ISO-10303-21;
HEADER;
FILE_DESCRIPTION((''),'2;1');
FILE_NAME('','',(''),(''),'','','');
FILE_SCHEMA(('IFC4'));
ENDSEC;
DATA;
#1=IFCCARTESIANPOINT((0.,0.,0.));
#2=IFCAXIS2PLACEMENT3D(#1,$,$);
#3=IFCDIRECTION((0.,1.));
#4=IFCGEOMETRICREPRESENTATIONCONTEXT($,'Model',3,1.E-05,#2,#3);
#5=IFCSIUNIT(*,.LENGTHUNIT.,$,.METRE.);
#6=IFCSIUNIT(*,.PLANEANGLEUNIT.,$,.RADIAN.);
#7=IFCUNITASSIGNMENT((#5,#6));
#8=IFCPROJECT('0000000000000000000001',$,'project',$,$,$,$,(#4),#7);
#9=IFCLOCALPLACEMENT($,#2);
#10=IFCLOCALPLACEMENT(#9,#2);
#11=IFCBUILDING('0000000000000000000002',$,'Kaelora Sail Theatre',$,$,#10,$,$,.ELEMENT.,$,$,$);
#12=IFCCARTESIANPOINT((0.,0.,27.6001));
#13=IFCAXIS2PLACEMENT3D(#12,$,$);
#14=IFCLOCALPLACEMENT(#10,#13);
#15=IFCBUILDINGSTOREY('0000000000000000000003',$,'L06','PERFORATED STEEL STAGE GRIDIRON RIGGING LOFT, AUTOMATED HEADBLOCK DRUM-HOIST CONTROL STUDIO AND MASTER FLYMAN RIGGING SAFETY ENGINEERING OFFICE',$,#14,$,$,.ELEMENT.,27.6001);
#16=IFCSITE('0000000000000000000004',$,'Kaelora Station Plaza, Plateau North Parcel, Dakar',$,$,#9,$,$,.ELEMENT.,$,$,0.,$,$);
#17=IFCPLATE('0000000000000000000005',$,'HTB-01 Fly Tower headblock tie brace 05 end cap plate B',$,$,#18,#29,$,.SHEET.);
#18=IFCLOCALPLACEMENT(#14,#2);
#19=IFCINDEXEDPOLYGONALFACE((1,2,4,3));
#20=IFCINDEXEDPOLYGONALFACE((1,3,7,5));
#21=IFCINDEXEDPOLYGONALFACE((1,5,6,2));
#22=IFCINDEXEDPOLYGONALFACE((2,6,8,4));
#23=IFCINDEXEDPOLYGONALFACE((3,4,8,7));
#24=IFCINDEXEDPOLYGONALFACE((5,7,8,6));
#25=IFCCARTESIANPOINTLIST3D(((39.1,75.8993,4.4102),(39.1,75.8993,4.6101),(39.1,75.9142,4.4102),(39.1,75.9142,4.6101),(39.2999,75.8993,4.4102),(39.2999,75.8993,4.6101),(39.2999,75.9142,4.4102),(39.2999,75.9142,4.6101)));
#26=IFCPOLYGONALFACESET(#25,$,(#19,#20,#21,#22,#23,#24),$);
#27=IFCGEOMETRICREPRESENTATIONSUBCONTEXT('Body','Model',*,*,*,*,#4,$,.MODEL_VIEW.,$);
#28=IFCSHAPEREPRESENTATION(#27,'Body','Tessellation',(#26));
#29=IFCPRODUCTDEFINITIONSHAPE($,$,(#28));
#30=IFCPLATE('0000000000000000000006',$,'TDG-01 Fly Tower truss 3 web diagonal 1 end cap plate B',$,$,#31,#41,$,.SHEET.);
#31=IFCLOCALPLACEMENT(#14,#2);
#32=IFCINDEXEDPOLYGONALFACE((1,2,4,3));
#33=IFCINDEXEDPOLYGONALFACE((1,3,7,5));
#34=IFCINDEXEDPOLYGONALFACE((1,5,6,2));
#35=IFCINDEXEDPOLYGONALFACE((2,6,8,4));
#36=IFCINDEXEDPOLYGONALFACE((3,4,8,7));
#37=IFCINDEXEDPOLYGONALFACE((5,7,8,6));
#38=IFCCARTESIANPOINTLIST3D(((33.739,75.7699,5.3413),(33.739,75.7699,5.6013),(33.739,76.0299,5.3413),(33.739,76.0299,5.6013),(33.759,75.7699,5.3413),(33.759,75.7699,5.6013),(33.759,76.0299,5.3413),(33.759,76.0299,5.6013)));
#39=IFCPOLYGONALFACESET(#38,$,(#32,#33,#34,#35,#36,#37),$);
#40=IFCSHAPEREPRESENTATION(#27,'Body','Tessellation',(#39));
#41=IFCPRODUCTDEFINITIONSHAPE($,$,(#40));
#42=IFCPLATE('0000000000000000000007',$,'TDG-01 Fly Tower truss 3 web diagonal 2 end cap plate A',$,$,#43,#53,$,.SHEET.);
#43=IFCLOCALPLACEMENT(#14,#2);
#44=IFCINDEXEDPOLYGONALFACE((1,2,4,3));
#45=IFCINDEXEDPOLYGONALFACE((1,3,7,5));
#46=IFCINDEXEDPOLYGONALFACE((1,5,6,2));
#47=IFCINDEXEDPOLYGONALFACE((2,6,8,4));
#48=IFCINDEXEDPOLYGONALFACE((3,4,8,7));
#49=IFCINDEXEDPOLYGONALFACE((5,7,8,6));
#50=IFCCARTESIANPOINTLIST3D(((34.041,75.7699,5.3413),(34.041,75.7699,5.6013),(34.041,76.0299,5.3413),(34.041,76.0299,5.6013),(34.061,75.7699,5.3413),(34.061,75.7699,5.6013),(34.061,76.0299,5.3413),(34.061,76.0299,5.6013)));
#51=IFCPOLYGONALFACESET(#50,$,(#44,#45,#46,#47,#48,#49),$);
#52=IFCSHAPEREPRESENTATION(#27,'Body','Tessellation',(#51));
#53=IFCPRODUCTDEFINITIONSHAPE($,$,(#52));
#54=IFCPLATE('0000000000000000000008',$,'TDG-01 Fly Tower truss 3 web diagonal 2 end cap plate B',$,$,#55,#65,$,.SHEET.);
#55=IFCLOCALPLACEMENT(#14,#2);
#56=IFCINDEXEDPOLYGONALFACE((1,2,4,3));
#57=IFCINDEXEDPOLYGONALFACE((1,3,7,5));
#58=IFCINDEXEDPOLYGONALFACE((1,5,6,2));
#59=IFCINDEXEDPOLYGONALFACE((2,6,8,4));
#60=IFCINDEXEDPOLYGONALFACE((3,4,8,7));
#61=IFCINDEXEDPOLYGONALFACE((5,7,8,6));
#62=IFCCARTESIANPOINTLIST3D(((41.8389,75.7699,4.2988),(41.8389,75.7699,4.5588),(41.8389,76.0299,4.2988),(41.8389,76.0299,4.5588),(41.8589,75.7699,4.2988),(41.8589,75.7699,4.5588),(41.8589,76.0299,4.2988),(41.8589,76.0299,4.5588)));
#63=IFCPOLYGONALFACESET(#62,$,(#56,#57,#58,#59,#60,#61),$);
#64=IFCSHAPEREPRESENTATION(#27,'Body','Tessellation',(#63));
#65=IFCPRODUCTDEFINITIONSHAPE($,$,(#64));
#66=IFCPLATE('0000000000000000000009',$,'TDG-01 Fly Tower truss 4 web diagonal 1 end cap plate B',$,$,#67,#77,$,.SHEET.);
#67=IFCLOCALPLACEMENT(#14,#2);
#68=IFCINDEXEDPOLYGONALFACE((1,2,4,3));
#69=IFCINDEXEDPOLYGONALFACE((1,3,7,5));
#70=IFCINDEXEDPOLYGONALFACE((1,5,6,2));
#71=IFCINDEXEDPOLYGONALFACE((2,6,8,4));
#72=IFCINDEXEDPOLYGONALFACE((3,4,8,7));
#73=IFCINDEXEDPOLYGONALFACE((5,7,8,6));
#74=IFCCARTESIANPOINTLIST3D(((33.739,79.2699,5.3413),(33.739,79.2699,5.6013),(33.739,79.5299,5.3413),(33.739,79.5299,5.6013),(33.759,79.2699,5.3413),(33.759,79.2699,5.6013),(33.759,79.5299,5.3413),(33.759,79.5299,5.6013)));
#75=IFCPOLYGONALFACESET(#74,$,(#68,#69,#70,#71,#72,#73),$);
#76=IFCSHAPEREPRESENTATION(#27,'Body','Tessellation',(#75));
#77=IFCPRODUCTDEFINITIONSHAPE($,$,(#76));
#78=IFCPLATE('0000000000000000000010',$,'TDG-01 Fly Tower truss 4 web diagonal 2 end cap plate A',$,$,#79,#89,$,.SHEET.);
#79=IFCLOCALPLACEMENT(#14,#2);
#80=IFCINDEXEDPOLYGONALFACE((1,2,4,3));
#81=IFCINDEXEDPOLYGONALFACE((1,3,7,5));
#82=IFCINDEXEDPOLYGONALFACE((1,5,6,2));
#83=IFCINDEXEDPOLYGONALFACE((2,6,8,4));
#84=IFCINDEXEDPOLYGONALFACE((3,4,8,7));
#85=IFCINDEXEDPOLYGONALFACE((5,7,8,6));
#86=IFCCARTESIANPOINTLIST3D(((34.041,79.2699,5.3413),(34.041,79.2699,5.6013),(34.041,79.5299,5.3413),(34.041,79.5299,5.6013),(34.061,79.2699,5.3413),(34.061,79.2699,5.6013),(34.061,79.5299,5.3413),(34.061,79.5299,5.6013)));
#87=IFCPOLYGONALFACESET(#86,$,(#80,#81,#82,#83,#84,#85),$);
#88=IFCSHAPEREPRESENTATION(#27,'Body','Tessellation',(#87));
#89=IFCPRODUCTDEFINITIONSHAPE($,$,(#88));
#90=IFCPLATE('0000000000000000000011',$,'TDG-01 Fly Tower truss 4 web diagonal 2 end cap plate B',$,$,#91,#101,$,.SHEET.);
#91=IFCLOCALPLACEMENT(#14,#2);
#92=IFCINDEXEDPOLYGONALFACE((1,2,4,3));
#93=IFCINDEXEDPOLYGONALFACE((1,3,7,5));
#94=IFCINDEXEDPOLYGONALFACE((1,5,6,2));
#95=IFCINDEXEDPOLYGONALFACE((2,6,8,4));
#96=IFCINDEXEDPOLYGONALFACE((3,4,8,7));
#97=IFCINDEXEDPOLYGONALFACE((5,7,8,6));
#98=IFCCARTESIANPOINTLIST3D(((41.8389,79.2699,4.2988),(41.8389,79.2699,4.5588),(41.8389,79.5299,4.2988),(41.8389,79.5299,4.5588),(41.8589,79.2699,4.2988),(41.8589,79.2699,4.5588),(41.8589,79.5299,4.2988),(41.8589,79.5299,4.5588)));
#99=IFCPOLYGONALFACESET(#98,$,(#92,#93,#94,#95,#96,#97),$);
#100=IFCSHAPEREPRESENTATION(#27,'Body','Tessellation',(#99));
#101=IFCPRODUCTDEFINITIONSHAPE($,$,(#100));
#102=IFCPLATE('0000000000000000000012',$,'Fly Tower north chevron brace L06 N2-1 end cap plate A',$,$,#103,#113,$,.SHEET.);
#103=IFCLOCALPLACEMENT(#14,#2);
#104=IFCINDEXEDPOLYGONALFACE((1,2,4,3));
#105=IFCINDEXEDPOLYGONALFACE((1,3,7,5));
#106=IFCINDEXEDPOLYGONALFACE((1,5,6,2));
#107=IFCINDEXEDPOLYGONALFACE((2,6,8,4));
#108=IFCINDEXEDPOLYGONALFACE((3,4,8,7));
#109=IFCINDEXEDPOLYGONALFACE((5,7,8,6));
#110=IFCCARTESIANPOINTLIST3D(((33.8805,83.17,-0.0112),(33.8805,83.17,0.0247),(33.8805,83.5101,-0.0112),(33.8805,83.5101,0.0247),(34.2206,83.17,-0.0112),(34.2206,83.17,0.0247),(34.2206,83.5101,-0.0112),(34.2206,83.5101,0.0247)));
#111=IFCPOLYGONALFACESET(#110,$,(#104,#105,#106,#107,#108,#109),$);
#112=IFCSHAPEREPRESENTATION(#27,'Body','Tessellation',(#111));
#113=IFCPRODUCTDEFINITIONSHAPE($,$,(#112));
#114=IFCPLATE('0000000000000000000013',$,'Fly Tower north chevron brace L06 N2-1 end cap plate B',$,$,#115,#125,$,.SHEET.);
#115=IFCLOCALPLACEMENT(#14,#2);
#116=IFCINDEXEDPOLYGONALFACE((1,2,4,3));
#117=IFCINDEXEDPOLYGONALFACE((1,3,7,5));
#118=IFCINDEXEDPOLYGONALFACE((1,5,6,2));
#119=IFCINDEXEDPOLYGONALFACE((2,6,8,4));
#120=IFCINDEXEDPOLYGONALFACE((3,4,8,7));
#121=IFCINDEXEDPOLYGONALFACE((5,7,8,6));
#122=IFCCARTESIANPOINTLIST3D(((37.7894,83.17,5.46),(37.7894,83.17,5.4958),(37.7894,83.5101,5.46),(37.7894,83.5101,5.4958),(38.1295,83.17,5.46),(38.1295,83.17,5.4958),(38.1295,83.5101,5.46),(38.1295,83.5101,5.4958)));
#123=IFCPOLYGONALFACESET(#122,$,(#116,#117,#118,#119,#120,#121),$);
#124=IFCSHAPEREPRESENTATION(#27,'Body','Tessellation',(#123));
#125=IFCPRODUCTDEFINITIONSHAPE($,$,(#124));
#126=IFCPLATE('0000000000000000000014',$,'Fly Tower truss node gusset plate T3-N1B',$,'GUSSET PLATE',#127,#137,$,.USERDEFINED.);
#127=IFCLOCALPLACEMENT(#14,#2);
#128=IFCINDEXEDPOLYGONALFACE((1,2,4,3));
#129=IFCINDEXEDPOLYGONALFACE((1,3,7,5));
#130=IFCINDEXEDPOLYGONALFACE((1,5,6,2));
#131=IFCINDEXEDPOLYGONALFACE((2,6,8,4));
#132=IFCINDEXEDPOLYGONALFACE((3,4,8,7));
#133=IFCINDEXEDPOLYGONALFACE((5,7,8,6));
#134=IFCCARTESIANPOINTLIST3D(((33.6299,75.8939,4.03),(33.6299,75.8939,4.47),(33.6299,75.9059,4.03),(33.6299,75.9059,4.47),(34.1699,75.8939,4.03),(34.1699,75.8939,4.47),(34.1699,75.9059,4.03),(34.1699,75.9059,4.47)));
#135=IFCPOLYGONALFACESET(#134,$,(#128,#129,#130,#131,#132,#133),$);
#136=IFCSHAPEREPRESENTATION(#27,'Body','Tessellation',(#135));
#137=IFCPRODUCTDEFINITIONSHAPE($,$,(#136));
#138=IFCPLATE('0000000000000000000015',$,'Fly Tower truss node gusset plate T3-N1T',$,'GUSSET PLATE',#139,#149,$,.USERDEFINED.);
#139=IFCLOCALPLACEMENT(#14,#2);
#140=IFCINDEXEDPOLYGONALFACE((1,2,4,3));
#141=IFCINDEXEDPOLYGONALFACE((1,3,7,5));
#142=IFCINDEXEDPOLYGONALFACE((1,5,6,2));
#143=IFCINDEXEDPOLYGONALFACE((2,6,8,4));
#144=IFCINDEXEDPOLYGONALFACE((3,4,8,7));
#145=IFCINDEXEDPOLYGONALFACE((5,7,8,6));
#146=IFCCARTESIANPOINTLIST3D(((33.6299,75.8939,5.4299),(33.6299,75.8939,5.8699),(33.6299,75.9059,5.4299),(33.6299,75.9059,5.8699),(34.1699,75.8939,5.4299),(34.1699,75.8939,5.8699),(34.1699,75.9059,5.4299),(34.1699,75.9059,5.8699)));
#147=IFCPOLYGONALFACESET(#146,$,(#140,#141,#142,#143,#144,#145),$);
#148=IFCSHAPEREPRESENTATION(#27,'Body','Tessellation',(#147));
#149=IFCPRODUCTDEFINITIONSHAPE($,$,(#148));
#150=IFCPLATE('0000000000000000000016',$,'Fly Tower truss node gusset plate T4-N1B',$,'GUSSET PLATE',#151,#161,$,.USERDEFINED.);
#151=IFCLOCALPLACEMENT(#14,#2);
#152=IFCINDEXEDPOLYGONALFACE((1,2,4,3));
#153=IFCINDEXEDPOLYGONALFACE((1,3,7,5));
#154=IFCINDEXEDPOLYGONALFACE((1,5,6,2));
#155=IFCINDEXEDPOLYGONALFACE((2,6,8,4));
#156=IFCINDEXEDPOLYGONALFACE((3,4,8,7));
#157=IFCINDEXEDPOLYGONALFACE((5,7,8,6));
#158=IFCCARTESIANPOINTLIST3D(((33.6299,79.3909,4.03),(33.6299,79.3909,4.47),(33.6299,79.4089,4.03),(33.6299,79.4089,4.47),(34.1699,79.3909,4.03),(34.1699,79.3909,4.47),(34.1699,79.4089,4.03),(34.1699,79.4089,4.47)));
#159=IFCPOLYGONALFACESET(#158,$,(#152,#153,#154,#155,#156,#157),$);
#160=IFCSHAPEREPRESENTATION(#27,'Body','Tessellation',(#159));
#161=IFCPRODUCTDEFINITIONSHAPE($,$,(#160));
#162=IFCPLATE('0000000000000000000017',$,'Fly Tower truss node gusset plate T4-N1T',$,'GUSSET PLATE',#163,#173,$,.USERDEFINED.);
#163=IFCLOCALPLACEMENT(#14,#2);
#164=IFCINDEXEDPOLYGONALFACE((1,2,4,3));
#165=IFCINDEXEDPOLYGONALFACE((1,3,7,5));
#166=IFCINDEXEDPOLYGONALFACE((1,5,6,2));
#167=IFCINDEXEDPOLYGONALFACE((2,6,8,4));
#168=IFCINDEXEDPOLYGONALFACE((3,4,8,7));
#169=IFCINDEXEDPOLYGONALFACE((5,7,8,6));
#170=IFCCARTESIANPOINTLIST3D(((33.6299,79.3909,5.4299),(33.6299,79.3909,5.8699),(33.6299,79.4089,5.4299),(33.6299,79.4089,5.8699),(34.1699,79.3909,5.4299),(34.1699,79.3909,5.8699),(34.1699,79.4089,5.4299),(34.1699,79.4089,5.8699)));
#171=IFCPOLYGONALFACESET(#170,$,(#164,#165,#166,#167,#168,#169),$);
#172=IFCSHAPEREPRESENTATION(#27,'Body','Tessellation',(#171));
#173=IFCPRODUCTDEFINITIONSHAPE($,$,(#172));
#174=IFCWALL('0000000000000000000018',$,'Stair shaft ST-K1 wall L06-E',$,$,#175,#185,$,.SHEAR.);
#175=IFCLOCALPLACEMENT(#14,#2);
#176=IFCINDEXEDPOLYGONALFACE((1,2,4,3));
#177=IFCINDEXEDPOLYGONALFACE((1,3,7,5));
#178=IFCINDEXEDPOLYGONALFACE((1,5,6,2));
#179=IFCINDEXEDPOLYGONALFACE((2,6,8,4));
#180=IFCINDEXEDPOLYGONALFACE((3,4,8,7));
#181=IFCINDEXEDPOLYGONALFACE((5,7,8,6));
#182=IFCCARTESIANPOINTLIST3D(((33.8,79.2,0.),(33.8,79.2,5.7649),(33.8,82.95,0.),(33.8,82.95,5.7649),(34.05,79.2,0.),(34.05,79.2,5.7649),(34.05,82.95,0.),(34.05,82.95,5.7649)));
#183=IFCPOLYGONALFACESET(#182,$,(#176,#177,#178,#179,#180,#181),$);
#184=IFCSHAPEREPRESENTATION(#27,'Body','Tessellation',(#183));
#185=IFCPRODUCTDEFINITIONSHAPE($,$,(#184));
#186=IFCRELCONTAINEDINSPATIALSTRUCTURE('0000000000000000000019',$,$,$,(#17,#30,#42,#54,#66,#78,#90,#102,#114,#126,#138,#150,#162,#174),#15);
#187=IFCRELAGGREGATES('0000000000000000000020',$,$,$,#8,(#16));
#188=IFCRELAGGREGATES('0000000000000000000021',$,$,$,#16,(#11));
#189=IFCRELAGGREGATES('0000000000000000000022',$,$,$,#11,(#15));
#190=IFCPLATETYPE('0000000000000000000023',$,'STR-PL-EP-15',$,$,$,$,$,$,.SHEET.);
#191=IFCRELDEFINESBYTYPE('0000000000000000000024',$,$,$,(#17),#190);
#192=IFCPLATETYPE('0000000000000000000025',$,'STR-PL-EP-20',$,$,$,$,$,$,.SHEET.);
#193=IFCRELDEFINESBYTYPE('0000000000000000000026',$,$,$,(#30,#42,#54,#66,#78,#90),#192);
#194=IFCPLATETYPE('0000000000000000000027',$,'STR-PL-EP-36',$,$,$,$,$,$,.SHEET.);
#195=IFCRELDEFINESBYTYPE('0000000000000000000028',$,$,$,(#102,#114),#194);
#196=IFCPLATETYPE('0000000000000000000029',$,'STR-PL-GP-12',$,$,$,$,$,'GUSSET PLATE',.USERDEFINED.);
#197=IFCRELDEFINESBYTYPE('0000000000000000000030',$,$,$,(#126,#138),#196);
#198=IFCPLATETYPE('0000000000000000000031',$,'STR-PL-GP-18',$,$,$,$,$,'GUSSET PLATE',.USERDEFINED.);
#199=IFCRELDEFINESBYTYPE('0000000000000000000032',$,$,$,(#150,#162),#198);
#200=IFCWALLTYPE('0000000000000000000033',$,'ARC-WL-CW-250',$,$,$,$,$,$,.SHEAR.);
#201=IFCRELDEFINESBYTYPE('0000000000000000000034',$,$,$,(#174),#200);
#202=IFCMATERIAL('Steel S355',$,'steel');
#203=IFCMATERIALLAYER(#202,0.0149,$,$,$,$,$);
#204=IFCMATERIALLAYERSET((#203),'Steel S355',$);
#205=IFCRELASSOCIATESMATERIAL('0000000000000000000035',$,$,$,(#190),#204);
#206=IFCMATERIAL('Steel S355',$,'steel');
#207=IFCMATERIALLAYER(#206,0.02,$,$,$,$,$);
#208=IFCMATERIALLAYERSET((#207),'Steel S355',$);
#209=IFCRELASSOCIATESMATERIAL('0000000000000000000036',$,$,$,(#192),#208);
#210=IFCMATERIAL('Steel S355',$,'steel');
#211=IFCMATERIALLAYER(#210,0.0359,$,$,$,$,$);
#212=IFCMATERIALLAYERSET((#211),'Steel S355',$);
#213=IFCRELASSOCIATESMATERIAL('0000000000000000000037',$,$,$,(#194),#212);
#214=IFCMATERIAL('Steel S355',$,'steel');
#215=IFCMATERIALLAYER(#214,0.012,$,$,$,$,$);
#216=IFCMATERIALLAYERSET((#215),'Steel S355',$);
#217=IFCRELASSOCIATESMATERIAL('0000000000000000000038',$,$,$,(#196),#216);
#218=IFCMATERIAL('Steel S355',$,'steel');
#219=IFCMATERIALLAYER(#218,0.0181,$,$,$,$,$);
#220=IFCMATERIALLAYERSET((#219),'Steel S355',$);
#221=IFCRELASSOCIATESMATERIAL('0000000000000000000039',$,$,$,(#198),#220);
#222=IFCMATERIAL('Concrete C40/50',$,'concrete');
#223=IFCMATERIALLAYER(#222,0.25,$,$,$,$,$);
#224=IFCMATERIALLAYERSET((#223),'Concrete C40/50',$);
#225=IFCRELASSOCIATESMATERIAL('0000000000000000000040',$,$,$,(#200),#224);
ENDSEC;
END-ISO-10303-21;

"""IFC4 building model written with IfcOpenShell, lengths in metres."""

from ifc_helpers import new_model, si_unit, direction, frame, frame_2d, origin, origin_2d, place, context, subcontext, project, spatial, rectangle, extrude, material, layer, layer_set, type_object, element, save


model = new_model("IFC4")

# Units and contexts
model_context = context("Model", 3, precision=1e-05, world=origin(), true_north=direction((0.0, 1.0)))
body_context = subcontext(model_context, "Body", "Model", "MODEL_VIEW")
ifc_project = project(units=[si_unit("LENGTHUNIT", "METRE"), si_unit("PLANEANGLEUNIT", "RADIAN")], contexts=[model_context])

# Site, building, storey
site_placement = place(None, origin())
site = spatial("IfcSite", under=ifc_project, at=site_placement, Name="Kaelora Station Plaza, Plateau North Parcel, Dakar", CompositionType="ELEMENT", RefElevation=0.0)
building_placement = place(site_placement, origin())
building = spatial("IfcBuilding", under=site, at=building_placement, Name="Kaelora Sail Theatre", CompositionType="ELEMENT")
storey_placement = place(building_placement, frame((0.0, 0.0, 27.6001)))
storey = spatial("IfcBuildingStorey", under=building, at=storey_placement, Name="L06", Description="PERFORATED STEEL STAGE GRIDIRON RIGGING LOFT, AUTOMATED HEADBLOCK DRUM-HOIST CONTROL STUDIO AND MASTER FLYMAN RIGGING SAFETY ENGINEERING OFFICE", CompositionType="ELEMENT", Elevation=27.6001)

# Plates
ifc_material_1 = material(Name="Steel S355", Category="steel")
ifc_layer_1 = layer(ifc_material_1, 0.0149)
ifc_layer_set_1 = layer_set([ifc_layer_1], Name="Steel S355")
plate_type_1 = type_object("IfcPlateType", Name="STR-PL-EP-15", PredefinedType="SHEET", material=ifc_layer_set_1)
plate_1_placement = place(storey_placement, frame((39.2, 75.9067, 4.4102), z_axis=(0.0, 0.0, 1.0), x_axis=(0.0, 1.0, 0.0)))
element("IfcPlate", 1, at=plate_1_placement, inside=storey, type_object=plate_type_1, Name="HTB-01 Fly Tower headblock tie brace 05 end cap plate B", PredefinedType="SHEET", context=body_context, shape_type="SweptSolid", body=[
    extrude(rectangle(XDim=0.0149, YDim=0.2, at=origin_2d()), origin(), (0.0, 0.0, 1.0), 0.2),
])
ifc_material_2 = material(Name="Steel S355", Category="steel")
ifc_layer_2 = layer(ifc_material_2, 0.02)
ifc_layer_set_2 = layer_set([ifc_layer_2], Name="Steel S355")
plate_type_2 = type_object("IfcPlateType", Name="STR-PL-EP-20", PredefinedType="SHEET", material=ifc_layer_set_2)
for number, where, z_axis, x_axis, name in (
    (2, (33.749, 75.8999, 5.3413), (0.0, 0.0, 1.0), (1.0, 0.0, 0.0), "TDG-01 Fly Tower truss 3 web diagonal 1 end cap plate B"),
    (3, (34.051, 75.8999, 5.3413), (0.0, 0.0, 1.0), (1.0, 0.0, 0.0), "TDG-01 Fly Tower truss 3 web diagonal 2 end cap plate A"),
    (4, (41.8489, 75.8999, 4.2988), (0.0, 0.0, 1.0), (1.0, 0.0, 0.0), "TDG-01 Fly Tower truss 3 web diagonal 2 end cap plate B"),
    (5, (33.749, 79.3999, 5.3413), (0.0, 0.0, 1.0), (1.0, 0.0, 0.0), "TDG-01 Fly Tower truss 4 web diagonal 1 end cap plate B"),
    (6, (34.051, 79.3999, 5.3413), (0.0, 0.0, 1.0), (1.0, 0.0, 0.0), "TDG-01 Fly Tower truss 4 web diagonal 2 end cap plate A"),
    (7, (41.8489, 79.3999, 4.2988), (0.0, 0.0, 1.0), (1.0, 0.0, 0.0), "TDG-01 Fly Tower truss 4 web diagonal 2 end cap plate B"),
):
    element("IfcPlate", number, at=place(storey_placement, frame(where, z_axis=z_axis, x_axis=x_axis)), inside=storey, type_object=plate_type_2, Name=name, PredefinedType="SHEET", context=body_context, shape_type="SweptSolid", body=[
        extrude(rectangle(XDim=0.02, YDim=0.26, at=origin_2d()), origin(), (0.0, 0.0, 1.0), 0.26),
    ])
ifc_material_3 = material(Name="Steel S355", Category="steel")
ifc_layer_3 = layer(ifc_material_3, 0.0359)
ifc_layer_set_3 = layer_set([ifc_layer_3], Name="Steel S355")
plate_type_3 = type_object("IfcPlateType", Name="STR-PL-EP-36", PredefinedType="SHEET", material=ifc_layer_set_3)
for number, where, z_axis, x_axis, name in (
    (8, (34.0505, 83.3401, -0.0112), (0.0, 0.0, 1.0), (1.0, 0.0, 0.0), "Fly Tower north chevron brace L06 N2-1 end cap plate A"),
    (9, (37.9595, 83.3401, 5.46), (0.0, 0.0, 1.0), (1.0, 0.0, 0.0), "Fly Tower north chevron brace L06 N2-1 end cap plate B"),
):
    element("IfcPlate", number, at=place(storey_placement, frame(where, z_axis=z_axis, x_axis=x_axis)), inside=storey, type_object=plate_type_3, Name=name, PredefinedType="SHEET", context=body_context, shape_type="SweptSolid", body=[
        extrude(rectangle(XDim=0.3401, YDim=0.3401, at=origin_2d()), origin(), (0.0, 0.0, 1.0), 0.0359),
    ])
ifc_material_4 = material(Name="Steel S355", Category="steel")
ifc_layer_4 = layer(ifc_material_4, 0.012)
ifc_layer_set_4 = layer_set([ifc_layer_4], Name="Steel S355")
plate_type_4 = type_object("IfcPlateType", Name="STR-PL-GP-12", ElementType="GUSSET PLATE", PredefinedType="USERDEFINED", material=ifc_layer_set_4)
for number, where, z_axis, x_axis, name in (
    (10, (33.8999, 75.8999, 4.03), (0.0, 0.0, 1.0), (1.0, 0.0, 0.0), "Fly Tower truss node gusset plate T3-N1B"),
    (11, (33.8999, 75.8999, 5.4299), (0.0, 0.0, 1.0), (1.0, 0.0, 0.0), "Fly Tower truss node gusset plate T3-N1T"),
):
    element("IfcPlate", number, at=place(storey_placement, frame(where, z_axis=z_axis, x_axis=x_axis)), inside=storey, type_object=plate_type_4, Name=name, ObjectType="GUSSET PLATE", PredefinedType="USERDEFINED", context=body_context, shape_type="SweptSolid", body=[
        extrude(rectangle(XDim=0.54, YDim=0.012, at=origin_2d()), origin(), (0.0, 0.0, 1.0), 0.4399),
    ])
ifc_material_5 = material(Name="Steel S355", Category="steel")
ifc_layer_5 = layer(ifc_material_5, 0.0181)
ifc_layer_set_5 = layer_set([ifc_layer_5], Name="Steel S355")
plate_type_5 = type_object("IfcPlateType", Name="STR-PL-GP-18", ElementType="GUSSET PLATE", PredefinedType="USERDEFINED", material=ifc_layer_set_5)
for number, where, z_axis, x_axis, name in (
    (12, (33.8999, 79.3999, 4.03), (0.0, 0.0, 1.0), (1.0, 0.0, 0.0), "Fly Tower truss node gusset plate T4-N1B"),
    (13, (33.8999, 79.3999, 5.4299), (0.0, 0.0, 1.0), (1.0, 0.0, 0.0), "Fly Tower truss node gusset plate T4-N1T"),
):
    element("IfcPlate", number, at=place(storey_placement, frame(where, z_axis=z_axis, x_axis=x_axis)), inside=storey, type_object=plate_type_5, Name=name, ObjectType="GUSSET PLATE", PredefinedType="USERDEFINED", context=body_context, shape_type="SweptSolid", body=[
        extrude(rectangle(XDim=0.54, YDim=0.0181, at=origin_2d()), origin(), (0.0, 0.0, 1.0), 0.4399),
    ])

# Wall
ifc_material_6 = material(Name="Concrete C40/50", Category="concrete")
ifc_layer_6 = layer(ifc_material_6, 0.25)
ifc_layer_set_6 = layer_set([ifc_layer_6], Name="Concrete C40/50")
wall_type_1 = type_object("IfcWallType", Name="ARC-WL-CW-250", PredefinedType="SHEAR", material=ifc_layer_set_6)
wall_1_placement = place(storey_placement, frame((33.925, 79.2, 0.0), z_axis=(0.0, 0.0, 1.0), x_axis=(0.0, 1.0, 0.0)))
element("IfcWall", 14, at=wall_1_placement, inside=storey, type_object=wall_type_1, Name="Stair shaft ST-K1 wall L06-E", PredefinedType="SHEAR", context=body_context, shape_type="SweptSolid", body=[
    extrude(rectangle(XDim=3.75, YDim=0.25, at=frame_2d((1.875, 0.0))), origin(), (0.0, 0.0, 1.0), 5.7649),
])

save(model, "model.ifc")
